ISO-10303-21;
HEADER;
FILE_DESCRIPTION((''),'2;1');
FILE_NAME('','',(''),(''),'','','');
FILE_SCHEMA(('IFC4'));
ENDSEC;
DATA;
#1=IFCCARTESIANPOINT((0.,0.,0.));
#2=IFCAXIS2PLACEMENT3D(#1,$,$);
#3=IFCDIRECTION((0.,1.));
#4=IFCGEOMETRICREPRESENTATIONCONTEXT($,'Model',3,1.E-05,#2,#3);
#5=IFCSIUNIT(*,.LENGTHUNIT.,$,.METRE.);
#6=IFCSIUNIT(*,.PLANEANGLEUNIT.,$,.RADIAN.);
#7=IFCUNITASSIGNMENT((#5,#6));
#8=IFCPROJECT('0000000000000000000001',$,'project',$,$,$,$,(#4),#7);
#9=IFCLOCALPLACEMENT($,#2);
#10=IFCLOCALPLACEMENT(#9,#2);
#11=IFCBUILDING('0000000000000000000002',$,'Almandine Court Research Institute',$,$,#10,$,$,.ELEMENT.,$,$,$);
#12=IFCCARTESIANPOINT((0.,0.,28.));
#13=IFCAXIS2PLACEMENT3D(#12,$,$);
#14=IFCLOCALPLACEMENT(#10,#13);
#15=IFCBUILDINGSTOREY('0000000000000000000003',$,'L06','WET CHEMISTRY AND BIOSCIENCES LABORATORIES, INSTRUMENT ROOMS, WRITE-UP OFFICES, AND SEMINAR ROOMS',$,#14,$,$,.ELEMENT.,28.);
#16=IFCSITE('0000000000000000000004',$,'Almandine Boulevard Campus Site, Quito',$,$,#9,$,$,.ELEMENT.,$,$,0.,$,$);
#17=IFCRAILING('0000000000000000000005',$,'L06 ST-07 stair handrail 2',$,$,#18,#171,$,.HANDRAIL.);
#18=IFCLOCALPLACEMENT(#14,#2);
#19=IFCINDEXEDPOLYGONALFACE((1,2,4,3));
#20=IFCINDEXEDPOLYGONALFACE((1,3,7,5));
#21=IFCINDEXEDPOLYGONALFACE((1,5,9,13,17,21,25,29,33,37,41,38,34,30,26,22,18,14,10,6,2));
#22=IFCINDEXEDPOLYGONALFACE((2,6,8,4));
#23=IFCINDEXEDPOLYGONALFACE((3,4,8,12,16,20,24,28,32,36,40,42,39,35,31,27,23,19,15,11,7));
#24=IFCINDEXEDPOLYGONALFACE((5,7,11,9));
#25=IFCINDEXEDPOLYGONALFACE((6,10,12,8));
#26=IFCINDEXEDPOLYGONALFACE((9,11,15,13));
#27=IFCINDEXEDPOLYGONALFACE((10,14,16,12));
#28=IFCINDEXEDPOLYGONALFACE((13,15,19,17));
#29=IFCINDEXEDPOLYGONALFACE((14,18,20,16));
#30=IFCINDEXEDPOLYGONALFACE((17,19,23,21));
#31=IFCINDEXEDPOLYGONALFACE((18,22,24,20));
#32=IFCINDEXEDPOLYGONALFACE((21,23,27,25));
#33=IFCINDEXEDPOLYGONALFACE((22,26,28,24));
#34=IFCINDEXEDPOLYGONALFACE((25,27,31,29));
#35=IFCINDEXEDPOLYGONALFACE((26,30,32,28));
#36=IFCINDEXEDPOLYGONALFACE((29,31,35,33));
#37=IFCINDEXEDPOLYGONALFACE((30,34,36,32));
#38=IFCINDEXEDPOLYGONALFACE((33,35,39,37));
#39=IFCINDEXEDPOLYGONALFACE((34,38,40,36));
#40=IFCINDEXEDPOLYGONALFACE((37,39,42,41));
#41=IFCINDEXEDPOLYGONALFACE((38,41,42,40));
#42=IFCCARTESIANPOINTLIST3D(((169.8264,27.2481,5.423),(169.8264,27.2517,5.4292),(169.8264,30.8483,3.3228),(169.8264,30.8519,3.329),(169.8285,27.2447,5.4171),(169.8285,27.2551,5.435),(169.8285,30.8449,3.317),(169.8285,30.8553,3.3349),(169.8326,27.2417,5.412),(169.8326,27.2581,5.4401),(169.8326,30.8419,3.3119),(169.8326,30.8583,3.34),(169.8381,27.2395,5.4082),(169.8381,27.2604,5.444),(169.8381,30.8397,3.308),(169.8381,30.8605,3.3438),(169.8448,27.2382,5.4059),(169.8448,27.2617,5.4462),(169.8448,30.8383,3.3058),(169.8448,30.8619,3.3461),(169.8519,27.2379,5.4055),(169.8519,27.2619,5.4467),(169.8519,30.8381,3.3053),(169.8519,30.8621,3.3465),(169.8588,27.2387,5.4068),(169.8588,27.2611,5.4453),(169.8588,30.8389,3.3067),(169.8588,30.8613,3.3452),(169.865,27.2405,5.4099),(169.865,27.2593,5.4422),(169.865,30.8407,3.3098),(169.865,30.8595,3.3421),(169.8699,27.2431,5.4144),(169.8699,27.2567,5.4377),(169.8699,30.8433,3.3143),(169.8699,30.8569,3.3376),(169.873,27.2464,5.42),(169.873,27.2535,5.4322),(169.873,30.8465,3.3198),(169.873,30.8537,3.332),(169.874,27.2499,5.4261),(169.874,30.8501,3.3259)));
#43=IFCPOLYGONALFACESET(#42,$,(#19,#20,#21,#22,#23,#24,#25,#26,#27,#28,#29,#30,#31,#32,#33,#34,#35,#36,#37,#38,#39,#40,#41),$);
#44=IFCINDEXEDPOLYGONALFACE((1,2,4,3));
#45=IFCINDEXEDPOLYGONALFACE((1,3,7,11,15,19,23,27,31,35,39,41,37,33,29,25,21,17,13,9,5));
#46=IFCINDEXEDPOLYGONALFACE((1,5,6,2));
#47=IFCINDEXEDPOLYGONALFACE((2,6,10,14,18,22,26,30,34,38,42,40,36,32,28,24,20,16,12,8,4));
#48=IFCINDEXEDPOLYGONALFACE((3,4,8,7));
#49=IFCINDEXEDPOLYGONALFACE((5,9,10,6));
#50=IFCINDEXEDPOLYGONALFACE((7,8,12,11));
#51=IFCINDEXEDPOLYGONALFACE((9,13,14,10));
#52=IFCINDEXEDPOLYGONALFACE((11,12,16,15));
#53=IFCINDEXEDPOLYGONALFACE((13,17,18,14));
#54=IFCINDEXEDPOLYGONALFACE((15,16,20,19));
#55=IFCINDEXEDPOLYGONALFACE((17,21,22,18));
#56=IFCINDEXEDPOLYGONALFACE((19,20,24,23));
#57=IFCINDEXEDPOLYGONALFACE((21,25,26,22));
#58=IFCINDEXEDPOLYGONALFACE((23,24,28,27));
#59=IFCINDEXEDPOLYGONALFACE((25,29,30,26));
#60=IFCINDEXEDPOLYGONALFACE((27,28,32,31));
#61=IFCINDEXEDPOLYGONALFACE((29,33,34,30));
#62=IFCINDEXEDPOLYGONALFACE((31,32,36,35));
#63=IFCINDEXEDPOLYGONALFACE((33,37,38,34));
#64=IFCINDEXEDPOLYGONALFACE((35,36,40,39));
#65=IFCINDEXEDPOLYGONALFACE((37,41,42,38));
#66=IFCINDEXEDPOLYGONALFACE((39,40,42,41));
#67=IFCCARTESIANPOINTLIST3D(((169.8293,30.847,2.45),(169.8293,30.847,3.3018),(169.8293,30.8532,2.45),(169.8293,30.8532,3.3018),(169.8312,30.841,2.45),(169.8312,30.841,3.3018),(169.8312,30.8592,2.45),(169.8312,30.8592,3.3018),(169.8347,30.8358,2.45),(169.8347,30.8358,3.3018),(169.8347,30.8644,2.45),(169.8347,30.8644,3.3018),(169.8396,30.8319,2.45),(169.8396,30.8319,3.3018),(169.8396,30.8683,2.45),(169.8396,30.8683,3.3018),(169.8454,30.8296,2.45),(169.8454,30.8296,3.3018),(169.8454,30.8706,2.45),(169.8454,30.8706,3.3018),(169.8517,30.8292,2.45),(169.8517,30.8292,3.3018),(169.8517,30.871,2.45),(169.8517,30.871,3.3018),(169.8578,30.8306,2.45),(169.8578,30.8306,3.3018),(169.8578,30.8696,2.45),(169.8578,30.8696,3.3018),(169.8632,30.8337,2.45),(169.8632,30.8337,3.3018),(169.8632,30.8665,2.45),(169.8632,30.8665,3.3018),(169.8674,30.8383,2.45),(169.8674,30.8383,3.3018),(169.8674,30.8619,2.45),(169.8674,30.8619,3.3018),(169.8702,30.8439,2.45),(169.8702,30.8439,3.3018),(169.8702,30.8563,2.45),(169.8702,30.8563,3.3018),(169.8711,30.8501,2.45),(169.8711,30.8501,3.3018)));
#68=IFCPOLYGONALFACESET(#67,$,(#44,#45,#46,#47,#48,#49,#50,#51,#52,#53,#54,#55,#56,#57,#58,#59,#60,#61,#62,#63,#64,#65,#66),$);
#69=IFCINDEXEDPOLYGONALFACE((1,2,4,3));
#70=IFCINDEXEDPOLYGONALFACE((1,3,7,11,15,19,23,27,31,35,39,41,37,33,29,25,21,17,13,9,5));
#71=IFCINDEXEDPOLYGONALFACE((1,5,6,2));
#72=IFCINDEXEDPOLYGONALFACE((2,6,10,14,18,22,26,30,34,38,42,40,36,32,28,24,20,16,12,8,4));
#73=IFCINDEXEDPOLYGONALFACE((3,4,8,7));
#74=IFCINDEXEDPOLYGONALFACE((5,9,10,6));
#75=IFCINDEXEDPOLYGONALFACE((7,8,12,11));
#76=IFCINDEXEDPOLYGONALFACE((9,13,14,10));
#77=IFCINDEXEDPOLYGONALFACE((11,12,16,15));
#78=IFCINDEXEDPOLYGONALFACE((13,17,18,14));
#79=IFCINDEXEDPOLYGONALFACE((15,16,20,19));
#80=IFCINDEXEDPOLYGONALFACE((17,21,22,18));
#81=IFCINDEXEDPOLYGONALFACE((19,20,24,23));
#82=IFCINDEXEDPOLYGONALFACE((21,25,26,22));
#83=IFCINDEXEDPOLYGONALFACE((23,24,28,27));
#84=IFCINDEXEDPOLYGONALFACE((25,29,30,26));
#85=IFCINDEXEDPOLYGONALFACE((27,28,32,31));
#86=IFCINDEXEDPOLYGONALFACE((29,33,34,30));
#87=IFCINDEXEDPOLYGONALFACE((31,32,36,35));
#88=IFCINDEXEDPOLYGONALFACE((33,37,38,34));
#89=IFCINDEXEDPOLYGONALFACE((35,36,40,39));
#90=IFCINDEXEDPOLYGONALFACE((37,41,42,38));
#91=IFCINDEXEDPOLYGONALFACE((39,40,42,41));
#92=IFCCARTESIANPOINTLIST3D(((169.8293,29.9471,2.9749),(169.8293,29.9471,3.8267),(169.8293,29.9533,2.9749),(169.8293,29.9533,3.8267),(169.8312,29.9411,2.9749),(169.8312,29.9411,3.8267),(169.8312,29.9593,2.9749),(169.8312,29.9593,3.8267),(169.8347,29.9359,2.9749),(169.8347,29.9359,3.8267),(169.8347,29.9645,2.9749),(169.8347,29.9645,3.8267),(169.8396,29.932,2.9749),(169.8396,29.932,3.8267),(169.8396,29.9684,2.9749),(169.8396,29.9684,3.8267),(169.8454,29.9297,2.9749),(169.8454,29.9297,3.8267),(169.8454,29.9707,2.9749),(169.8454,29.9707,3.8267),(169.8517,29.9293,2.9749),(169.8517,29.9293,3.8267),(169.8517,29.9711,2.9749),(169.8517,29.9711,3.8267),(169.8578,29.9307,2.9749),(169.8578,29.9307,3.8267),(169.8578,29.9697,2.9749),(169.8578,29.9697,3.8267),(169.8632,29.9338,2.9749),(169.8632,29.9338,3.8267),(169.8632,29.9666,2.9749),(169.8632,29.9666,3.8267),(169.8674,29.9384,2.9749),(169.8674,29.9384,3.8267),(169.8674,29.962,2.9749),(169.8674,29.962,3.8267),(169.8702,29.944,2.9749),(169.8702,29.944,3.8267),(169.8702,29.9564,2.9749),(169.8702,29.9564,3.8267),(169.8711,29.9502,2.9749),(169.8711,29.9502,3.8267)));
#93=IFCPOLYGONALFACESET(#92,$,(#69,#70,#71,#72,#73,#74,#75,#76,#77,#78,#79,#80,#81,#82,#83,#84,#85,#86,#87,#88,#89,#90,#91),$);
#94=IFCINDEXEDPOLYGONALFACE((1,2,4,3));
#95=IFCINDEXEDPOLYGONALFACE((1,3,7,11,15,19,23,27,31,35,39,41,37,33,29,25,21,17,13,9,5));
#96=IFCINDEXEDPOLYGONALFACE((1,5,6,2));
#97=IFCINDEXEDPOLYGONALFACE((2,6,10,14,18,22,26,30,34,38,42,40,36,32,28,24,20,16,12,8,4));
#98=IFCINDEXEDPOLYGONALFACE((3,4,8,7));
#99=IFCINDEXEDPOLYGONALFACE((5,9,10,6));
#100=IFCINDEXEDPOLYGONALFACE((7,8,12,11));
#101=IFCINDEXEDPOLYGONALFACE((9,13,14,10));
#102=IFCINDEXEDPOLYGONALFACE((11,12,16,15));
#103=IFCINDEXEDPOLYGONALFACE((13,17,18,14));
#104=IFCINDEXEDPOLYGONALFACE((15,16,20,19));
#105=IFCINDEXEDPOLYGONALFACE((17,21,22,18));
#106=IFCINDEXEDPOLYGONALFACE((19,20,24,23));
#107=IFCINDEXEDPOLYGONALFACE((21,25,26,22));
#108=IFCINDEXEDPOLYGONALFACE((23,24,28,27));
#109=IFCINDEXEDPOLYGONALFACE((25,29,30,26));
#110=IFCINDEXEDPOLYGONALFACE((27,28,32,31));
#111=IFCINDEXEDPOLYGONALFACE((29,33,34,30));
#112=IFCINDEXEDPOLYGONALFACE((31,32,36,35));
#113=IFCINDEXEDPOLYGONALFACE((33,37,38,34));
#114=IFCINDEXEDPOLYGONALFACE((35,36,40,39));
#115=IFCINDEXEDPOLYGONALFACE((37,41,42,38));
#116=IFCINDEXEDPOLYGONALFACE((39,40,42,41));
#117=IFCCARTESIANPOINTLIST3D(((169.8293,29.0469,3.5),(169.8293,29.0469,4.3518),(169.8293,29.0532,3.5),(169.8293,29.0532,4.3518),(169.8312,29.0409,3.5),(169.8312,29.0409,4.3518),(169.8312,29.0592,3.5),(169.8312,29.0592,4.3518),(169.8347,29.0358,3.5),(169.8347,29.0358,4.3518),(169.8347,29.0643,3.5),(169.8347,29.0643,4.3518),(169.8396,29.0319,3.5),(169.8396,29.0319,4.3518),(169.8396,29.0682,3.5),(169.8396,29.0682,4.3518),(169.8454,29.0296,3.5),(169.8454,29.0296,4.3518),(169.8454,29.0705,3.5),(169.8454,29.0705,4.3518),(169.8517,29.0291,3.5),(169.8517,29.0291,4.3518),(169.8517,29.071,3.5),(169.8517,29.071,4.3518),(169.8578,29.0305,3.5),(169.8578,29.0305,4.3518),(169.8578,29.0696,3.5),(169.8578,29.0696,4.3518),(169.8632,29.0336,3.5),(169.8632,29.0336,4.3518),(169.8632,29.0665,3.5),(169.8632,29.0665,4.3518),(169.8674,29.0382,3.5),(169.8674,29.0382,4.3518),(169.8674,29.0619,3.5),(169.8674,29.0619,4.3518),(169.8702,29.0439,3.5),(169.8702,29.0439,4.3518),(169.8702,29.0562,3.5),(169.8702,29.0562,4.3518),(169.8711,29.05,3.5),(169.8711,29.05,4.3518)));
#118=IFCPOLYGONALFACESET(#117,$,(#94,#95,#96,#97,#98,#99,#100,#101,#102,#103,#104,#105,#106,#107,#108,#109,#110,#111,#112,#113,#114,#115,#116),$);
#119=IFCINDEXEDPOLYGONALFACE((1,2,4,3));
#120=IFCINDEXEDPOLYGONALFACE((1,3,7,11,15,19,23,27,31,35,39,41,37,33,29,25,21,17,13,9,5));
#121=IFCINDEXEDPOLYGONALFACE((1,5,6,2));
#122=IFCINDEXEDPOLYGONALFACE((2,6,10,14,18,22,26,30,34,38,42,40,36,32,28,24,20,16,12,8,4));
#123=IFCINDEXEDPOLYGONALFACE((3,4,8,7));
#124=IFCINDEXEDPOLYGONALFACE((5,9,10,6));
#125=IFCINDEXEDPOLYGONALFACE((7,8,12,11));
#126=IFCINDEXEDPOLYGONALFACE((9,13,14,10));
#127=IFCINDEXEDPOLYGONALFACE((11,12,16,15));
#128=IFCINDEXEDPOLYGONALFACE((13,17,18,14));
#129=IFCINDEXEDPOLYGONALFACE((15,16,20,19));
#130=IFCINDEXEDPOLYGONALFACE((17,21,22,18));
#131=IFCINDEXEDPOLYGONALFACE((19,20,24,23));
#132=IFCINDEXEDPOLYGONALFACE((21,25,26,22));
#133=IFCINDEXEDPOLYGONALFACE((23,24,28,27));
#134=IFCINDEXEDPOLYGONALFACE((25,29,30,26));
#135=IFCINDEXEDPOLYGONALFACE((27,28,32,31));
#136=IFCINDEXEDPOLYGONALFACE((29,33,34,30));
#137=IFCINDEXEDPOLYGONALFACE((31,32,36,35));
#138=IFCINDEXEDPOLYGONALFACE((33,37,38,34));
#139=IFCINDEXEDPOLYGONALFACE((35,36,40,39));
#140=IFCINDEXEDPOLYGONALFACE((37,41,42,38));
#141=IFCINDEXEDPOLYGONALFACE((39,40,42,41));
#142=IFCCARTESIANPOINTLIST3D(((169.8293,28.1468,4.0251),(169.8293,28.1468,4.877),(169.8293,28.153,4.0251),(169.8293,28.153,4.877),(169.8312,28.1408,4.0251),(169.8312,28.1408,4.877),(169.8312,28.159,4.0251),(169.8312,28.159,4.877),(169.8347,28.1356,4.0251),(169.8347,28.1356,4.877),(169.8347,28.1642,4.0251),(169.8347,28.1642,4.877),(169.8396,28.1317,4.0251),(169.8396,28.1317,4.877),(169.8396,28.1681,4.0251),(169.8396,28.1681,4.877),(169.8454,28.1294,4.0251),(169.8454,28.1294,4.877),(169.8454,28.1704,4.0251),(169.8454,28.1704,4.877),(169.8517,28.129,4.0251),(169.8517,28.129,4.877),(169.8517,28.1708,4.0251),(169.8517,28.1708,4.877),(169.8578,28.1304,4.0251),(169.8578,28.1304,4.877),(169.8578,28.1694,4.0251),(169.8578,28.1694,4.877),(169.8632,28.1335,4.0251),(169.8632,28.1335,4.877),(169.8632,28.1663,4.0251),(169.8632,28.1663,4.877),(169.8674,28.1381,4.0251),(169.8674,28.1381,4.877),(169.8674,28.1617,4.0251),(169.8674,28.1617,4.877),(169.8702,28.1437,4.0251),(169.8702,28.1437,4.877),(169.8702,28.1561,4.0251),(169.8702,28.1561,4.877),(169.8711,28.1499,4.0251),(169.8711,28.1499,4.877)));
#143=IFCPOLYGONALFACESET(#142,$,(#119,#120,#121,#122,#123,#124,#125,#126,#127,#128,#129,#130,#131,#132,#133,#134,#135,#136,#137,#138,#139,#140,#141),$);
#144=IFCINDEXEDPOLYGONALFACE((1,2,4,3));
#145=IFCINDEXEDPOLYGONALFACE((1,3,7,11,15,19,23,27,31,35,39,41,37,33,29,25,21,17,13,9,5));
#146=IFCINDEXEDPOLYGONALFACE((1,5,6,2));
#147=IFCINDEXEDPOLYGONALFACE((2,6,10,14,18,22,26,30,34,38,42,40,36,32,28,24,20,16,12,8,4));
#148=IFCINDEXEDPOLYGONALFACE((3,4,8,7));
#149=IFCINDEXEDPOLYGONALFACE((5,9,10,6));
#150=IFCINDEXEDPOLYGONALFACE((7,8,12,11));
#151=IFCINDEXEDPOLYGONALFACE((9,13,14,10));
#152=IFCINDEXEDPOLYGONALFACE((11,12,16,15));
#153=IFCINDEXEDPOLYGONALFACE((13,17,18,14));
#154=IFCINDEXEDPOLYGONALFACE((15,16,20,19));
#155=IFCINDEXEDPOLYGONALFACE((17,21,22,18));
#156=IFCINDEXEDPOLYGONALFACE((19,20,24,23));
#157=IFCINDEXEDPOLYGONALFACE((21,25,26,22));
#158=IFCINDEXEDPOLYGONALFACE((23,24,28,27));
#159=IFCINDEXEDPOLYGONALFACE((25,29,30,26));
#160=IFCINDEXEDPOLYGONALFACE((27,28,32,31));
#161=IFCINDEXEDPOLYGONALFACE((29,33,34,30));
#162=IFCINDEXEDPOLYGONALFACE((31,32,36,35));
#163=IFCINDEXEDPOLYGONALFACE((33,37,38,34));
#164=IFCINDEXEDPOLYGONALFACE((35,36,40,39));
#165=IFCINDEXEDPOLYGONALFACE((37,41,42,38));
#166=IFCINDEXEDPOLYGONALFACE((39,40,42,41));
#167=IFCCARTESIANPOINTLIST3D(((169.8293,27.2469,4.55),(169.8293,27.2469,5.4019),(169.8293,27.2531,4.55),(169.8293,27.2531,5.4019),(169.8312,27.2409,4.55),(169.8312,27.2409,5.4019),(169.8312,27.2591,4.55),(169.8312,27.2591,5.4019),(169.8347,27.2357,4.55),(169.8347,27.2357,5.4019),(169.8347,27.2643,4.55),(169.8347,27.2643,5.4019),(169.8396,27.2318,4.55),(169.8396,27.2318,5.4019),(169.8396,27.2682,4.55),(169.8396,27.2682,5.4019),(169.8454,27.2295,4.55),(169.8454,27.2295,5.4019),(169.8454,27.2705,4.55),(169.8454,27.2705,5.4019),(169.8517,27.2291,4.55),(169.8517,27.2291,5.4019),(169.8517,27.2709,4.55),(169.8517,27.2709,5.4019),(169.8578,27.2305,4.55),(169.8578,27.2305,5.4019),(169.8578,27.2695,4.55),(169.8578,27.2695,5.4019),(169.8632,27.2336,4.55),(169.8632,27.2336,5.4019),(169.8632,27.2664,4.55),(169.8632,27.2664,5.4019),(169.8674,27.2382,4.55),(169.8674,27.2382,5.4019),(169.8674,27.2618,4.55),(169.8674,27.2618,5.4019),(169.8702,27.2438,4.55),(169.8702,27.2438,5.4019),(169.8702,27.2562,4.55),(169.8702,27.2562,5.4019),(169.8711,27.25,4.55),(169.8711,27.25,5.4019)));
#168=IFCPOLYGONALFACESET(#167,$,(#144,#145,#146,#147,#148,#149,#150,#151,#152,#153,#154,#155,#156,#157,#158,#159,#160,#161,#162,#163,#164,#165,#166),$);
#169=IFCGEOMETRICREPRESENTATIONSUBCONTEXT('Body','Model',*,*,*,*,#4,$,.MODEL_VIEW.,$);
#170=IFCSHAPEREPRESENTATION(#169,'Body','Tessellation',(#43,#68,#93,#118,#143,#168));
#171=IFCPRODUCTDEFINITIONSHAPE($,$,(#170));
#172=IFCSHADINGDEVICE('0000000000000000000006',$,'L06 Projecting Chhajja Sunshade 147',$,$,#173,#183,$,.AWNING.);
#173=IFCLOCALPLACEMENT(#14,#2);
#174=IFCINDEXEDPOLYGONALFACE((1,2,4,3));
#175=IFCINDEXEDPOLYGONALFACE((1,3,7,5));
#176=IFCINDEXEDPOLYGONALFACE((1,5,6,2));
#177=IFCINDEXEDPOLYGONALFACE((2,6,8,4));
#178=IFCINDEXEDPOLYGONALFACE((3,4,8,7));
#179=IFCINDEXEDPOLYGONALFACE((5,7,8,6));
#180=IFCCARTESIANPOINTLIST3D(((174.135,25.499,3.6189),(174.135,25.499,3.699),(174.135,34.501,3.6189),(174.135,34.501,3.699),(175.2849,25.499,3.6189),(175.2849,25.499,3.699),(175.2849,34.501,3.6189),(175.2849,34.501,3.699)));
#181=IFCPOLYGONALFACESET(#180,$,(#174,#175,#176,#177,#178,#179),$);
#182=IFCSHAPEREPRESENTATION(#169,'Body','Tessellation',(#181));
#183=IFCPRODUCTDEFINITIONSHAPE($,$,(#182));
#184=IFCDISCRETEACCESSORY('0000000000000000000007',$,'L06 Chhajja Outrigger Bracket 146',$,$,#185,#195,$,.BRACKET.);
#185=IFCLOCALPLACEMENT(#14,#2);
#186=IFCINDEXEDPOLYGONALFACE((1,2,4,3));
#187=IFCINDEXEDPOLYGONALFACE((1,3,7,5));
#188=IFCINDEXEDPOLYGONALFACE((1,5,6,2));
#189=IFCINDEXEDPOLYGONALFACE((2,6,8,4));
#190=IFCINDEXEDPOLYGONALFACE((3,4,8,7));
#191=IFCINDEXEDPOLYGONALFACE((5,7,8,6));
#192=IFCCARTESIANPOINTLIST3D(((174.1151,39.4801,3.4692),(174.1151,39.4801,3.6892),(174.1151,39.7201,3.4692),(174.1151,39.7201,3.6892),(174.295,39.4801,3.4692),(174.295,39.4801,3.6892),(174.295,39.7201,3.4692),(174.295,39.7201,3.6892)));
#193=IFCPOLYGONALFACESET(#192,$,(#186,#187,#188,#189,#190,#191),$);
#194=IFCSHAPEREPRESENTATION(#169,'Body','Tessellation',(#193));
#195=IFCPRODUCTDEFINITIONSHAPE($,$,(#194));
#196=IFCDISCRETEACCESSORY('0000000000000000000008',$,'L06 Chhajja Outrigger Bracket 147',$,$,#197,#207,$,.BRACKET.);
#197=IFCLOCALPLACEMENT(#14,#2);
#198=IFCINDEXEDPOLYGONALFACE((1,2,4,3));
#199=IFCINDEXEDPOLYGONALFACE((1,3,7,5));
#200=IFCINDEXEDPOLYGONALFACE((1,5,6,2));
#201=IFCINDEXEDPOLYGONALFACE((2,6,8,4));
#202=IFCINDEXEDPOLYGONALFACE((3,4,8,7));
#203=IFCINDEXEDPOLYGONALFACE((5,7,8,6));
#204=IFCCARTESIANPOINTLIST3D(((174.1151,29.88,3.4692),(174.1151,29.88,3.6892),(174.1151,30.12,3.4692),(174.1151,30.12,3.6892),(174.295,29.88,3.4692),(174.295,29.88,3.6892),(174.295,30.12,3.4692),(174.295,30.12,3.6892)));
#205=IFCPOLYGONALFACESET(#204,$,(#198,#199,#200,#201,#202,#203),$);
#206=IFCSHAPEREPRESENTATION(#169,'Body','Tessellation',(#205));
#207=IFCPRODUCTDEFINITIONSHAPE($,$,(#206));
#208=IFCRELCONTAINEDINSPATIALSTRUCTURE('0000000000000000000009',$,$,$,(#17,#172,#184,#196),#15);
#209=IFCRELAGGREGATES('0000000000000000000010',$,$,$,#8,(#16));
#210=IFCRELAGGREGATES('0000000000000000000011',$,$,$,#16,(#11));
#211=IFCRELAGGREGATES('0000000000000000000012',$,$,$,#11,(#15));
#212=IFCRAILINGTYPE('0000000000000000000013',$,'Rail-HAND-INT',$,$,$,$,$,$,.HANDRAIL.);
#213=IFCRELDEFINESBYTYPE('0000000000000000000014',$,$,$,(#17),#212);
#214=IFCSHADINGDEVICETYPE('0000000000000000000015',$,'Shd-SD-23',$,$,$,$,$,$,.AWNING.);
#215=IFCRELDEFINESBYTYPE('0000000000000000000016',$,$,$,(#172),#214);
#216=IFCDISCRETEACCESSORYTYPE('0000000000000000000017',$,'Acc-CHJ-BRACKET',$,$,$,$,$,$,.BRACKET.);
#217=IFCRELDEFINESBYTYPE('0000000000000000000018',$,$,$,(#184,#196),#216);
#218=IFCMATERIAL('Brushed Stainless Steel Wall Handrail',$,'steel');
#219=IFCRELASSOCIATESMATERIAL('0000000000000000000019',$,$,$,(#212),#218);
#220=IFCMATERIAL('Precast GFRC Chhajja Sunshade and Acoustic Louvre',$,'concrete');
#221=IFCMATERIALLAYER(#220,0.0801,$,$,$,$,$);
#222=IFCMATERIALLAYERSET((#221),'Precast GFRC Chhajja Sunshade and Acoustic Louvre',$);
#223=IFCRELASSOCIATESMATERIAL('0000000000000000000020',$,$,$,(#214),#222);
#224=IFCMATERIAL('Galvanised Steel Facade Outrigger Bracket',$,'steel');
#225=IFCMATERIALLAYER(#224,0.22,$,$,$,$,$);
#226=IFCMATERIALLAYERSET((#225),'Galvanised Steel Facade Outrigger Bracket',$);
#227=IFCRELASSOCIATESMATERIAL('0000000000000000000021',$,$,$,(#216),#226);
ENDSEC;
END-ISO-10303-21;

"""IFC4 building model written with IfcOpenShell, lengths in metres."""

from ifc_helpers import new_model, si_unit, direction, frame, origin, origin_2d, place, context, subcontext, project, spatial, rectangle, circle, extrude, material, layer, layer_set, type_object, element, save


model = new_model("IFC4")

# Units and contexts
model_context = context("Model", 3, precision=1e-05, world=origin(), true_north=direction((0.0, 1.0)))
body_context = subcontext(model_context, "Body", "Model", "MODEL_VIEW")
ifc_project = project(units=[si_unit("LENGTHUNIT", "METRE"), si_unit("PLANEANGLEUNIT", "RADIAN")], contexts=[model_context])

# Site, building, storey
site_placement = place(None, origin())
site = spatial("IfcSite", under=ifc_project, at=site_placement, Name="Almandine Boulevard Campus Site, Quito", CompositionType="ELEMENT", RefElevation=0.0)
building_placement = place(site_placement, origin())
building = spatial("IfcBuilding", under=site, at=building_placement, Name="Almandine Court Research Institute", CompositionType="ELEMENT")
storey_placement = place(building_placement, frame((0.0, 0.0, 28.0)))
storey = spatial("IfcBuildingStorey", under=building, at=storey_placement, Name="L06", Description="WET CHEMISTRY AND BIOSCIENCES LABORATORIES, INSTRUMENT ROOMS, WRITE-UP OFFICES, AND SEMINAR ROOMS", CompositionType="ELEMENT", Elevation=28.0)

# Railing
ifc_material_1 = material(Name="Brushed Stainless Steel Wall Handrail", Category="steel")
railing_type_1 = type_object("IfcRailingType", Name="Rail-HAND-INT", PredefinedType="HANDRAIL", material=ifc_material_1)
railing_1_placement = place(storey_placement, frame((169.8501, 30.8501, 2.45)))
element("IfcRailing", 1, at=railing_1_placement, inside=storey, type_object=railing_type_1, Name="L06 ST-07 stair handrail 2", PredefinedType="HANDRAIL", context=body_context, shape_type="SweptSolid", body=[
    extrude(circle(Radius=0.0239, at=origin_2d()), frame((0.0, 0.0, 0.876), z_axis=(0.0, -0.863775, 0.503878), x_axis=(1.0, 0.0, 0.0)), (0.0, 0.0, 1.0), 4.168),
    extrude(circle(Radius=0.021, at=origin_2d()), origin(), (0.0, 0.0, 1.0), 0.8518),
    extrude(circle(Radius=0.021, at=origin_2d()), frame((0.0, -0.8999, 0.5249)), (0.0, 0.0, 1.0), 0.8518),
    extrude(circle(Radius=0.021, at=origin_2d()), frame((0.0, -1.8, 1.05)), (0.0, 0.0, 1.0), 0.8518),
    extrude(circle(Radius=0.021, at=origin_2d()), frame((0.0, -2.7002, 1.5752)), (0.0, 0.0, 1.0), 0.8518),
    extrude(circle(Radius=0.021, at=origin_2d()), frame((0.0, -3.6001, 2.1001)), (0.0, 0.0, 1.0), 0.8518),
])

# Shading device
ifc_material_2 = material(Name="Precast GFRC Chhajja Sunshade and Acoustic Louvre", Category="concrete")
ifc_layer_1 = layer(ifc_material_2, 0.0801)
ifc_layer_set_1 = layer_set([ifc_layer_1], Name="Precast GFRC Chhajja Sunshade and Acoustic Louvre")
shading_device_type = type_object("IfcShadingDeviceType", Name="Shd-SD-23", PredefinedType="AWNING", material=ifc_layer_set_1)
shading_device_placement = place(storey_placement, frame((174.71, 30.0, 3.6189), z_axis=(0.0, 0.0, 1.0), x_axis=(0.0, -1.0, 0.0)))
element("IfcShadingDevice", 2, at=shading_device_placement, inside=storey, type_object=shading_device_type, Name="L06 Projecting Chhajja Sunshade 147", PredefinedType="AWNING", context=body_context, shape_type="SweptSolid", body=[
    extrude(rectangle(XDim=9.002, YDim=1.1499, at=origin_2d()), origin(), (0.0, 0.0, 1.0), 0.0801),
])

# Discrete accessories
ifc_material_3 = material(Name="Galvanised Steel Facade Outrigger Bracket", Category="steel")
ifc_layer_2 = layer(ifc_material_3, 0.22)
ifc_layer_set_2 = layer_set([ifc_layer_2], Name="Galvanised Steel Facade Outrigger Bracket")
discrete_accessory_type = type_object("IfcDiscreteAccessoryType", Name="Acc-CHJ-BRACKET", PredefinedType="BRACKET", material=ifc_layer_set_2)
for number, where, z_axis, x_axis, name in (
    (3, (174.2051, 39.6001, 3.4692), (0.0, 0.0, 1.0), (0.0, -1.0, 0.0), "L06 Chhajja Outrigger Bracket 146"),
    (4, (174.2051, 30.0, 3.4692), (0.0, 0.0, 1.0), (0.0, -1.0, 0.0), "L06 Chhajja Outrigger Bracket 147"),
):
    element("IfcDiscreteAccessory", number, at=place(storey_placement, frame(where, z_axis=z_axis, x_axis=x_axis)), inside=storey, type_object=discrete_accessory_type, Name=name, PredefinedType="BRACKET", context=body_context, shape_type="SweptSolid", body=[
        extrude(rectangle(XDim=0.24, YDim=0.1799, at=origin_2d()), origin(), (0.0, 0.0, 1.0), 0.22),
    ])

save(model, "model.ifc")
